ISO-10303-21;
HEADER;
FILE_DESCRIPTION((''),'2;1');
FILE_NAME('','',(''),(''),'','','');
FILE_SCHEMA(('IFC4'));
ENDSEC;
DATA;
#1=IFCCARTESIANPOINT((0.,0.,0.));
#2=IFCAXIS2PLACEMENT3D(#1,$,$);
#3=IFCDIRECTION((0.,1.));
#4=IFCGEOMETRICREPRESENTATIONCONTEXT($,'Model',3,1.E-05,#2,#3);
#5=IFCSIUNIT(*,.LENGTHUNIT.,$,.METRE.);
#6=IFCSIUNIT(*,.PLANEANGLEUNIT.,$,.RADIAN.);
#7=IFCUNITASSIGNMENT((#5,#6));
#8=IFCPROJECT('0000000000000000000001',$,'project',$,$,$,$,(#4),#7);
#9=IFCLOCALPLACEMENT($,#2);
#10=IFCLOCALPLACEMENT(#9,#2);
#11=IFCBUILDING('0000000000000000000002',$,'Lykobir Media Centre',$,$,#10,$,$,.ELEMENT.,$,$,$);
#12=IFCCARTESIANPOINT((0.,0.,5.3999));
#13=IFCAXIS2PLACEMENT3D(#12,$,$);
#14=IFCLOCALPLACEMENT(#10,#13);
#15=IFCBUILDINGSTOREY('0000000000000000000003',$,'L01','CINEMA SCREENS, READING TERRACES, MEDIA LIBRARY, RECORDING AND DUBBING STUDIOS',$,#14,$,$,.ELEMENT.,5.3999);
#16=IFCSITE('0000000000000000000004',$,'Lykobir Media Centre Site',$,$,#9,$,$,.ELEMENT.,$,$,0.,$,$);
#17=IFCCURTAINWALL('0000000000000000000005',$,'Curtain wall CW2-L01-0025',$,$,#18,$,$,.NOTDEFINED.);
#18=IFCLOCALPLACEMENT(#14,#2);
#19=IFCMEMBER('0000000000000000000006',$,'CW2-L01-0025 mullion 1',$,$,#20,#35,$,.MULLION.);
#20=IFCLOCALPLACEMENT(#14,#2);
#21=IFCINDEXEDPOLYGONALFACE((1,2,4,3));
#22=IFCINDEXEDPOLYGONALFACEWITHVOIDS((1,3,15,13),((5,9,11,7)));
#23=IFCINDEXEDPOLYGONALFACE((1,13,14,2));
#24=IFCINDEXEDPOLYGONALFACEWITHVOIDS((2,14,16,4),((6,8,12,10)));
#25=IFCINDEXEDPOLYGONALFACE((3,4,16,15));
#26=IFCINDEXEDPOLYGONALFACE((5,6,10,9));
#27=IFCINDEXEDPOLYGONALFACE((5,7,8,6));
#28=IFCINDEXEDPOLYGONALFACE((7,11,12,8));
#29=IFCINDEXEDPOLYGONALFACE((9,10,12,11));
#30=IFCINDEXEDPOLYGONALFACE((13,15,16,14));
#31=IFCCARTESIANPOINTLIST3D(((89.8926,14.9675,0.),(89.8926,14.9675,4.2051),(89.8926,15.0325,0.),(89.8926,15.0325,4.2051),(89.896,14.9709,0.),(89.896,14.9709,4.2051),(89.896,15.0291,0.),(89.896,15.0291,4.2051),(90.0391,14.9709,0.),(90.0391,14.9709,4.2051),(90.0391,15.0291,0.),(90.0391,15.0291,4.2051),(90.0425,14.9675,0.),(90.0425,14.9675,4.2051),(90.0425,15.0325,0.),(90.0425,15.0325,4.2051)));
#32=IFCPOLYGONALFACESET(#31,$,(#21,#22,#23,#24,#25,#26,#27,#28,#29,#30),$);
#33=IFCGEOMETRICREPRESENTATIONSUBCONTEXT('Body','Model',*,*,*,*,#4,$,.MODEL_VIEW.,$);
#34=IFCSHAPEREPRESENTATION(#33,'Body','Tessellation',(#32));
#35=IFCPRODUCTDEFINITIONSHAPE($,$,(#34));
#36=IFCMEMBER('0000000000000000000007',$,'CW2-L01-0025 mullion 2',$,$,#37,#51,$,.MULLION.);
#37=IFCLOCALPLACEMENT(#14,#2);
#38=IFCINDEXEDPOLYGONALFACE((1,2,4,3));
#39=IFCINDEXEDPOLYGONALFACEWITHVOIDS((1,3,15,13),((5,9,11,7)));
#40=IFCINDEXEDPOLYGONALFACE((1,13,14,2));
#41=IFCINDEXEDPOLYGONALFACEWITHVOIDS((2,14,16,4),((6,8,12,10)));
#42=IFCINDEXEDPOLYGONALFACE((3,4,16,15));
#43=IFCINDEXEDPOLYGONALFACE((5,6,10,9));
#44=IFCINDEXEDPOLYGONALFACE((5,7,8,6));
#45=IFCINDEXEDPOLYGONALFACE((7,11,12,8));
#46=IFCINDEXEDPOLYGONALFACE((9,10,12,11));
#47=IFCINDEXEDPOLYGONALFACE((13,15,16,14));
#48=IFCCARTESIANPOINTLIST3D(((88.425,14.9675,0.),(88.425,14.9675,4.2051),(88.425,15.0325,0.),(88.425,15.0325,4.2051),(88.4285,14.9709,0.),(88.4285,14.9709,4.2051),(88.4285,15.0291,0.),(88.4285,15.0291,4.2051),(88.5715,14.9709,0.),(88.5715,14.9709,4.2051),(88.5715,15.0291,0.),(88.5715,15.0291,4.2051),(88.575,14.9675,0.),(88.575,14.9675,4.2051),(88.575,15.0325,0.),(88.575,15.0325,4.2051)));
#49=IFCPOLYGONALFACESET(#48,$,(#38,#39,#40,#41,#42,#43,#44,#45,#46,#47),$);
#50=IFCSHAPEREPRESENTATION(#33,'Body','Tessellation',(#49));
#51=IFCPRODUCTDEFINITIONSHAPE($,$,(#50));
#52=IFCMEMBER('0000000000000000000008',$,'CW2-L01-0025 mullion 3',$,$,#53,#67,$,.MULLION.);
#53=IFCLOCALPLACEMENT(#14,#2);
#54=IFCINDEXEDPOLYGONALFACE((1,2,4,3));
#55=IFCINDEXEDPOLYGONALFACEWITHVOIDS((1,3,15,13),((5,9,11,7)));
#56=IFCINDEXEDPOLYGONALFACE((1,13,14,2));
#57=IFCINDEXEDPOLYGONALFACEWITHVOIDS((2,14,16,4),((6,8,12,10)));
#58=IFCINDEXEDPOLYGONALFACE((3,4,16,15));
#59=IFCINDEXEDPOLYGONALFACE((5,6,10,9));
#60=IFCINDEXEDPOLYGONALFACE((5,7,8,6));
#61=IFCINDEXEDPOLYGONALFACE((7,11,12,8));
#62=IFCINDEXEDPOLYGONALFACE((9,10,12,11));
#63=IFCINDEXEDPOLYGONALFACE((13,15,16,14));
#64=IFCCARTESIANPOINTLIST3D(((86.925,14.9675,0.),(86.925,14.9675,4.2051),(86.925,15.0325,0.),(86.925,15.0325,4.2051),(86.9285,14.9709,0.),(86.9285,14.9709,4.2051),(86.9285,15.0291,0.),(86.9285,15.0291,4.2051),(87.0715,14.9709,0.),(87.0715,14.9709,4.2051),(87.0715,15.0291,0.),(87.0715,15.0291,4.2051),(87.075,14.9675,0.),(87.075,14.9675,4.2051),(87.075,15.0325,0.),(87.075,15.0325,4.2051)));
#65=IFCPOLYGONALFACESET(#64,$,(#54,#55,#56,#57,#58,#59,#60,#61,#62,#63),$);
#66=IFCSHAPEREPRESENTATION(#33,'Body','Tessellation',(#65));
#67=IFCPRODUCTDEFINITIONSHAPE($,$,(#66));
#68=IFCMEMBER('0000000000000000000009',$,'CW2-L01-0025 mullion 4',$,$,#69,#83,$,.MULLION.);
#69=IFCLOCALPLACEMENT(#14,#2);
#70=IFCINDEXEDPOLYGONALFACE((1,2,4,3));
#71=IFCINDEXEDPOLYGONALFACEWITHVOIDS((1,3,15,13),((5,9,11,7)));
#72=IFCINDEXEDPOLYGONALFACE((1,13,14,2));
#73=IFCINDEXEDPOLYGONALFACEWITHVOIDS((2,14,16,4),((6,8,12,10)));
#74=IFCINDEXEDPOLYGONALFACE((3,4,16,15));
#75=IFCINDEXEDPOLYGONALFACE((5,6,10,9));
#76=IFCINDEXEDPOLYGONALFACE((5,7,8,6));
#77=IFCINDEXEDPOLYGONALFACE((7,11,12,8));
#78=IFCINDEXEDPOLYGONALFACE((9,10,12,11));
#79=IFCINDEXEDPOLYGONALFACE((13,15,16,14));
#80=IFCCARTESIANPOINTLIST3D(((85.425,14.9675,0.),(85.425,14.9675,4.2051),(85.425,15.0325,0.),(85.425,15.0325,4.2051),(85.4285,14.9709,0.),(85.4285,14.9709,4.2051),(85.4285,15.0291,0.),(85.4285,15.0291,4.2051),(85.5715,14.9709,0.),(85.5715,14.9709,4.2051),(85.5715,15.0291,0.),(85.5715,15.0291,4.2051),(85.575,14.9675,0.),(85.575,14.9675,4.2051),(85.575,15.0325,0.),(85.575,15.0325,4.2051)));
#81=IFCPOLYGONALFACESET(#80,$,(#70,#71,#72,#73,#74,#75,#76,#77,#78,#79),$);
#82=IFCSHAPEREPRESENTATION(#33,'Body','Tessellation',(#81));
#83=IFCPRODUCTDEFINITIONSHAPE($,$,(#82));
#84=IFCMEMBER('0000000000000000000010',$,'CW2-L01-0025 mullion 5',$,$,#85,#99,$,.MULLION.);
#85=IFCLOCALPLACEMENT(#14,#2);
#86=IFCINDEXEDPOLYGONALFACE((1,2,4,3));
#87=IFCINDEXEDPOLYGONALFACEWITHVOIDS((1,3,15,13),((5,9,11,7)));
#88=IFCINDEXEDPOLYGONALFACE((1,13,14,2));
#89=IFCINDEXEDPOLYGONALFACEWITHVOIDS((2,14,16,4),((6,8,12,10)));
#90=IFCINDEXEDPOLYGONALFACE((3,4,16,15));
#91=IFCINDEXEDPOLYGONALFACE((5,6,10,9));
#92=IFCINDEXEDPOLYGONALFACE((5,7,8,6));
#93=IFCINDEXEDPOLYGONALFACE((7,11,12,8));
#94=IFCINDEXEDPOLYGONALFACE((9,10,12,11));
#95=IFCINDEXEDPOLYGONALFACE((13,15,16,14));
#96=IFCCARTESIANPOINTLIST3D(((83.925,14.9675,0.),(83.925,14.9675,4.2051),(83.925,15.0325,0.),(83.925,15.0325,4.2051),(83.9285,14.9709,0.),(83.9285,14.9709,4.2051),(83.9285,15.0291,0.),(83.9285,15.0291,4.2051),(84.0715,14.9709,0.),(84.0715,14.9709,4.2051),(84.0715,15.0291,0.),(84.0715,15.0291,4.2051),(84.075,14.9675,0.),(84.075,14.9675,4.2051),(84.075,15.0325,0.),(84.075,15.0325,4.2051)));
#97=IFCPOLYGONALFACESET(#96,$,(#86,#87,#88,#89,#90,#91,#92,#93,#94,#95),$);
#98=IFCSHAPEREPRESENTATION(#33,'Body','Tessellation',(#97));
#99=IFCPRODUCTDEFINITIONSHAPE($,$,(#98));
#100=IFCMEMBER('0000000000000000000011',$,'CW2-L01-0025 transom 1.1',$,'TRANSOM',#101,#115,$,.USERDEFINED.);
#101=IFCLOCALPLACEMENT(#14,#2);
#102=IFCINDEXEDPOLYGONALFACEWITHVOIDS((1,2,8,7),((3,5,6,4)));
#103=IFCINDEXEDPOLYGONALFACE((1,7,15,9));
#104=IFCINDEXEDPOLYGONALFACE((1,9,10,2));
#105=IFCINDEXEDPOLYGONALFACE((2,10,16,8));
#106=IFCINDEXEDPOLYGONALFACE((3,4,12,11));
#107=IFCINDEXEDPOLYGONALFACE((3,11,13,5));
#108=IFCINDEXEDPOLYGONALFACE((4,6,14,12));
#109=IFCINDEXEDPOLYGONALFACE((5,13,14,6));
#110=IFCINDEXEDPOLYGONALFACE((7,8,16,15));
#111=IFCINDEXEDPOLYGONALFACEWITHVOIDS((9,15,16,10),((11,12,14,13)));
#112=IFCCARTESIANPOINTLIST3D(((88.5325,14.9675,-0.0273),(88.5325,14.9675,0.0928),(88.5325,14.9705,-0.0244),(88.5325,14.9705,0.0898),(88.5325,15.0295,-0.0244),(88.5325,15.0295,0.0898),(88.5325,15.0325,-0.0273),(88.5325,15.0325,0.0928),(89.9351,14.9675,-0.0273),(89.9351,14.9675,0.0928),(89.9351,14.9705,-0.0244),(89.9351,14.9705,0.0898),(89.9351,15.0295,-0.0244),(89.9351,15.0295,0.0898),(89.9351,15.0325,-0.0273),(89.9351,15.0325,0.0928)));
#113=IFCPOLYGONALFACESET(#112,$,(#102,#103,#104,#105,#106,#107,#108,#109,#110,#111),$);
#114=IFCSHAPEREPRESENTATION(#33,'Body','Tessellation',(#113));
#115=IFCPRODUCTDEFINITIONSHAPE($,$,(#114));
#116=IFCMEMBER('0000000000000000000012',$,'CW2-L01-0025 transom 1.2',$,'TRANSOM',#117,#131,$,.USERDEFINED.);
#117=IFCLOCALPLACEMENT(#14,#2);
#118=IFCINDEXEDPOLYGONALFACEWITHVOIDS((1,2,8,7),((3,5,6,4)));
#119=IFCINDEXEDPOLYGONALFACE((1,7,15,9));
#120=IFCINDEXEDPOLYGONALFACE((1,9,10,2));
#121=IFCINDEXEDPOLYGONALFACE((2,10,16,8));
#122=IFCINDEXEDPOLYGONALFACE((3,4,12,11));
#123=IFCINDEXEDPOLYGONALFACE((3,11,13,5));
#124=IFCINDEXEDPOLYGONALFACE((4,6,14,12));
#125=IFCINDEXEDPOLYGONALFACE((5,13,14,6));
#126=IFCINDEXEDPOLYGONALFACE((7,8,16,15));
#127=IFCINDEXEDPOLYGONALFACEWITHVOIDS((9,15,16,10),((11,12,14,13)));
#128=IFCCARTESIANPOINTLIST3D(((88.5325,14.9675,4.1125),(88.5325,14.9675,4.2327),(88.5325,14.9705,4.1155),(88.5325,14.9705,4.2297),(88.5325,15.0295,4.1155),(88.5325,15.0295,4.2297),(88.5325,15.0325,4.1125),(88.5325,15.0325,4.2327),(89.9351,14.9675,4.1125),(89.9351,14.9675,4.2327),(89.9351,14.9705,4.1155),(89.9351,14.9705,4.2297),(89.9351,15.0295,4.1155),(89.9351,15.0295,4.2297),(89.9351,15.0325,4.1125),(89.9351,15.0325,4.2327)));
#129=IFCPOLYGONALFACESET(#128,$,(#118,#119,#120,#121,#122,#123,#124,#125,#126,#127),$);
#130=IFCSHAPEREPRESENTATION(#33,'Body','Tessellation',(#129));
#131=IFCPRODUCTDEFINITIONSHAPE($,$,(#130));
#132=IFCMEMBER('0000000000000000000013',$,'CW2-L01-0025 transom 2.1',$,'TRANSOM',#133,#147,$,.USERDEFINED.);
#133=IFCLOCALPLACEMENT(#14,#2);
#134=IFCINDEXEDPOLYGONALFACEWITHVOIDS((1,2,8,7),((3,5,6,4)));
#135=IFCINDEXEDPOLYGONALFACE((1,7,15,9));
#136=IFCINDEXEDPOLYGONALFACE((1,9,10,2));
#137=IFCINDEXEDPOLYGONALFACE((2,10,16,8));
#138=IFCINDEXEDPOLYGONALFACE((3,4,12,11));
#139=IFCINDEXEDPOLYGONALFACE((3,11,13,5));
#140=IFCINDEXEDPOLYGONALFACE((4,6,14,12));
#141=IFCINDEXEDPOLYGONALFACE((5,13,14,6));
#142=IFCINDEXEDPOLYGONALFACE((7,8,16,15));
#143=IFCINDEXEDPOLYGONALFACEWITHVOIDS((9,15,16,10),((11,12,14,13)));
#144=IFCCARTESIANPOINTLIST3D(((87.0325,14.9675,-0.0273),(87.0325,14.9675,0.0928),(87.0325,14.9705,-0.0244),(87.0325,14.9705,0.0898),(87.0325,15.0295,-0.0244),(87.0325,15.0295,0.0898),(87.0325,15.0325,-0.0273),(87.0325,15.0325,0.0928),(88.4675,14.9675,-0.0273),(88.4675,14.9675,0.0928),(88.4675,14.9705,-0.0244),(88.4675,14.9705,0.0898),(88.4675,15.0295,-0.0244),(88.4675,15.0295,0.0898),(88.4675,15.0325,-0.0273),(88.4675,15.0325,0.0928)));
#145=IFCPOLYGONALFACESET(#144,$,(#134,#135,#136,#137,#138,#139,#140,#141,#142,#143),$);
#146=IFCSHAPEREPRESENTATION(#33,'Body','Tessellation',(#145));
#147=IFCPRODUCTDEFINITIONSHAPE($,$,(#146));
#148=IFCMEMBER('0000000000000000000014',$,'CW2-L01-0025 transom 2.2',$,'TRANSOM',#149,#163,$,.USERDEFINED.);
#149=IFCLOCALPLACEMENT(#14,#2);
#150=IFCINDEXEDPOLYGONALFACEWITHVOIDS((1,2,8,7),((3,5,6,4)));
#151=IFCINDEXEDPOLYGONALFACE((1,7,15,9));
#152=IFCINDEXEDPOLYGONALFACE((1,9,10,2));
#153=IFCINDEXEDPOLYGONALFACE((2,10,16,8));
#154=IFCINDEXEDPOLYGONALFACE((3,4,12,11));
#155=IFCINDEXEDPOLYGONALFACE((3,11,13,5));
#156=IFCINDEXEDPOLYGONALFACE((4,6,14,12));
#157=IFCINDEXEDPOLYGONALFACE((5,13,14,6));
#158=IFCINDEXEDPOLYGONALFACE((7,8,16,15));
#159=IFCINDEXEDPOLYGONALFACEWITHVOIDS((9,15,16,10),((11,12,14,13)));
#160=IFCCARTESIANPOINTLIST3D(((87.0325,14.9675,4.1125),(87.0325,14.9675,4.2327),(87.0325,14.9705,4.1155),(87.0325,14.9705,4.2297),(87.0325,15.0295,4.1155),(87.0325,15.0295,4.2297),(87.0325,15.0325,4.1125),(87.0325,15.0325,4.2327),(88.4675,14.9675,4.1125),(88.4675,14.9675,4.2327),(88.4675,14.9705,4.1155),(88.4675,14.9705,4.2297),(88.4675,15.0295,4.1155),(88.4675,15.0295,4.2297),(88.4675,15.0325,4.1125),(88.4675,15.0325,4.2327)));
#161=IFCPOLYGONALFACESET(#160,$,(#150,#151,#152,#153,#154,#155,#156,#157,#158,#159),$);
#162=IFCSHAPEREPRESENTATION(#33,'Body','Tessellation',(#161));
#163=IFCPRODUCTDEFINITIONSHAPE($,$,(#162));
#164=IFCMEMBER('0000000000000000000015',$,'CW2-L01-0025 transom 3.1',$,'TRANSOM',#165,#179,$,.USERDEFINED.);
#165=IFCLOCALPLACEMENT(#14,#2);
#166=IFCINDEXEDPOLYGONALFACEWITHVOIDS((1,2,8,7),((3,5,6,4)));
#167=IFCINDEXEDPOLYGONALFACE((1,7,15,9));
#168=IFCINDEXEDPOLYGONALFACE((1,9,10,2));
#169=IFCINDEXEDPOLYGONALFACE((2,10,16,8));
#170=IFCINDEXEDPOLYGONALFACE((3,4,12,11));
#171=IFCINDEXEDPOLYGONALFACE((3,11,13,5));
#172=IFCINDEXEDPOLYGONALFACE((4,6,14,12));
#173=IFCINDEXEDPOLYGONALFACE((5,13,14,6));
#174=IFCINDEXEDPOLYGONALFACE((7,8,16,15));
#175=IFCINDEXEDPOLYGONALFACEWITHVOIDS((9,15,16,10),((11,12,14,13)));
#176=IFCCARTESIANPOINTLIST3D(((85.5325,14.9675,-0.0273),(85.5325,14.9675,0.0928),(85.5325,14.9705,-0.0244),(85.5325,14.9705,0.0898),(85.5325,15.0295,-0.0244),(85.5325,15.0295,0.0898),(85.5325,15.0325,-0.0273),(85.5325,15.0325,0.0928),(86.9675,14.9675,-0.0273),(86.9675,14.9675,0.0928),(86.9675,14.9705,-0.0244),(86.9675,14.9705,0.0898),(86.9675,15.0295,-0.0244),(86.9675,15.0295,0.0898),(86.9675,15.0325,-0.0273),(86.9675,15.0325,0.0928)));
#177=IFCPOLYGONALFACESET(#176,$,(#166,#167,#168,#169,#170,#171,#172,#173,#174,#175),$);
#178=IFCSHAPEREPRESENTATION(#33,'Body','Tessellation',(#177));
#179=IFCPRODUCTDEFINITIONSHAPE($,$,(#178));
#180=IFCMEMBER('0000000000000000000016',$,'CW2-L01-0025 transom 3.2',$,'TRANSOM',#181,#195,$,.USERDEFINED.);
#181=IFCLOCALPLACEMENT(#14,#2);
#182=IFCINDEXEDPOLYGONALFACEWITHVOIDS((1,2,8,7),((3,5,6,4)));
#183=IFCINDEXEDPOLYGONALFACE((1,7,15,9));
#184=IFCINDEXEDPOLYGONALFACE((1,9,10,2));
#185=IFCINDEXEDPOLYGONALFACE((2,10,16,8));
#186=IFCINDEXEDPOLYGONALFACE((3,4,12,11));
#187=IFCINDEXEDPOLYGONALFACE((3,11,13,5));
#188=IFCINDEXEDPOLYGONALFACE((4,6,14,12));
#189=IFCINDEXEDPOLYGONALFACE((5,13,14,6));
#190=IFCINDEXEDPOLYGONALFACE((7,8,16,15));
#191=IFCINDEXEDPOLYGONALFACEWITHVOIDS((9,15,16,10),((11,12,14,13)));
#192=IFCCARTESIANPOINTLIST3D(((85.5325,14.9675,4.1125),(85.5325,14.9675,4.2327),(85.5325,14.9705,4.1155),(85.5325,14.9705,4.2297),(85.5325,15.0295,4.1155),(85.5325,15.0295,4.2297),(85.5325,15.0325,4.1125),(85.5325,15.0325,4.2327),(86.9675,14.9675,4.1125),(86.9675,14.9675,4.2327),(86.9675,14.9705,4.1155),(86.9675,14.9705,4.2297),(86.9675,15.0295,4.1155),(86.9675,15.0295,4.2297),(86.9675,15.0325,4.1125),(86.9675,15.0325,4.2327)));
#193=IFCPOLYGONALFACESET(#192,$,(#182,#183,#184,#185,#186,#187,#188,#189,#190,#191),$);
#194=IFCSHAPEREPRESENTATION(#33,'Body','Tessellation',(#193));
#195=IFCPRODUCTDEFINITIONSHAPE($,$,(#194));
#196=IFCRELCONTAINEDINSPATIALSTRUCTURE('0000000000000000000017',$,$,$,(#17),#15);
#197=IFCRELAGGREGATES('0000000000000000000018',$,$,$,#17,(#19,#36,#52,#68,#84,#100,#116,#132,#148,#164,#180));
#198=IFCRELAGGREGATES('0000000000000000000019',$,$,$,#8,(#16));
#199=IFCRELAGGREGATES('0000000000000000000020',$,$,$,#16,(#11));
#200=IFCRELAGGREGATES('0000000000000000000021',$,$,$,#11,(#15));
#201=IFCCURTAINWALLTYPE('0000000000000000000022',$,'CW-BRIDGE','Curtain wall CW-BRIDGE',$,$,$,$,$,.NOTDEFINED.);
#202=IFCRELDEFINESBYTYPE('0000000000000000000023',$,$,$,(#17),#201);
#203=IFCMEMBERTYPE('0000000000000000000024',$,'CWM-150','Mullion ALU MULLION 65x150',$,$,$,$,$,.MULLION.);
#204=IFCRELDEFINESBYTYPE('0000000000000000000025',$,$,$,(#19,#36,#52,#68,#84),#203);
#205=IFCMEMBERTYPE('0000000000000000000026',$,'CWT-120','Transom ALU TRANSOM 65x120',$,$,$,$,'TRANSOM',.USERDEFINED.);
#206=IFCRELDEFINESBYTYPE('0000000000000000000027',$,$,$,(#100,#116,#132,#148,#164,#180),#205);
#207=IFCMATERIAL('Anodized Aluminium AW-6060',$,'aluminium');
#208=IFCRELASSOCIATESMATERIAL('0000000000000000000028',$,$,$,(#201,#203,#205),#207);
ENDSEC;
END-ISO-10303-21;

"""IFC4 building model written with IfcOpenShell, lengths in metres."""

from ifc_helpers import new_model, si_unit, direction, frame, origin, origin_2d, place, context, subcontext, project, spatial, hollow_rectangle, extrude, material, material_profile, profile_set, type_object, element, aggregate, save


model = new_model("IFC4")

# Units and contexts
model_context = context("Model", 3, precision=1e-05, world=origin(), true_north=direction((0.0, 1.0)))
body_context = subcontext(model_context, "Body", "Model", "MODEL_VIEW")
ifc_project = project(units=[si_unit("LENGTHUNIT", "METRE"), si_unit("PLANEANGLEUNIT", "RADIAN")], contexts=[model_context])

# Site, building, storey
site_placement = place(None, origin())
site = spatial("IfcSite", under=ifc_project, at=site_placement, Name="Lykobir Media Centre Site", CompositionType="ELEMENT", RefElevation=0.0)
building_placement = place(site_placement, origin())
building = spatial("IfcBuilding", under=site, at=building_placement, Name="Lykobir Media Centre", CompositionType="ELEMENT")
storey_placement = place(building_placement, frame((0.0, 0.0, 5.3999)))
storey = spatial("IfcBuildingStorey", under=building, at=storey_placement, Name="L01", Description="CINEMA SCREENS, READING TERRACES, MEDIA LIBRARY, RECORDING AND DUBBING STUDIOS", CompositionType="ELEMENT", Elevation=5.3999)

# Curtain wall, members
ifc_material_1 = material(Name="Anodized Aluminium AW-6060", Category="aluminium")
curtain_wall_type = type_object("IfcCurtainWallType", Name="CW-BRIDGE", Description="Curtain wall CW-BRIDGE", PredefinedType="NOTDEFINED", material=ifc_material_1)
curtain_wall_placement = place(storey_placement, origin())
curtain_wall = element("IfcCurtainWall", 1, at=curtain_wall_placement, inside=storey, type_object=curtain_wall_type, Name="Curtain wall CW2-L01-0025", PredefinedType="NOTDEFINED")
ifc_material_profile_1 = material_profile(ifc_material_1, hollow_rectangle(XDim=0.0649, YDim=0.1499, WallThickness=0.0034, at=origin_2d()), Name="ALU MULLION 65x150")
ifc_profile_set_1 = profile_set([ifc_material_profile_1], Name="Anodized Aluminium AW-6060")
member_type_1 = type_object("IfcMemberType", Name="CWM-150", Description="Mullion ALU MULLION 65x150", PredefinedType="MULLION", material=ifc_profile_set_1)
member_1_placement = place(storey_placement, frame((89.9675, 15.0, 0.0), z_axis=(0.0, 0.0, 1.0), x_axis=(0.0, -1.0, 0.0)))
member_1 = element("IfcMember", 2, at=member_1_placement, type_object=member_type_1, Name="CW2-L01-0025 mullion 1", PredefinedType="MULLION", context=body_context, shape_type="SweptSolid", body=[
    extrude(hollow_rectangle(XDim=0.0649, YDim=0.1499, WallThickness=0.0034, at=origin_2d()), origin(), (0.0, 0.0, 1.0), 4.2051),
])
member_2_placement = place(storey_placement, frame((88.5, 15.0, 0.0), z_axis=(0.0, 0.0, 1.0), x_axis=(0.0, -1.0, 0.0)))
member_2 = element("IfcMember", 3, at=member_2_placement, type_object=member_type_1, Name="CW2-L01-0025 mullion 2", PredefinedType="MULLION", context=body_context, shape_type="SweptSolid", body=[
    extrude(hollow_rectangle(XDim=0.0649, YDim=0.1499, WallThickness=0.0034, at=origin_2d()), origin(), (0.0, 0.0, 1.0), 4.2051),
])
member_3_placement = place(storey_placement, frame((87.0, 15.0, 0.0), z_axis=(0.0, 0.0, 1.0), x_axis=(0.0, -1.0, 0.0)))
member_3 = element("IfcMember", 4, at=member_3_placement, type_object=member_type_1, Name="CW2-L01-0025 mullion 3", PredefinedType="MULLION", context=body_context, shape_type="SweptSolid", body=[
    extrude(hollow_rectangle(XDim=0.0649, YDim=0.1499, WallThickness=0.0034, at=origin_2d()), origin(), (0.0, 0.0, 1.0), 4.2051),
])
member_4_placement = place(storey_placement, frame((85.5, 15.0, 0.0), z_axis=(0.0, 0.0, 1.0), x_axis=(0.0, -1.0, 0.0)))
member_4 = element("IfcMember", 5, at=member_4_placement, type_object=member_type_1, Name="CW2-L01-0025 mullion 4", PredefinedType="MULLION", context=body_context, shape_type="SweptSolid", body=[
    extrude(hollow_rectangle(XDim=0.0649, YDim=0.1499, WallThickness=0.0034, at=origin_2d()), origin(), (0.0, 0.0, 1.0), 4.2051),
])
member_5_placement = place(storey_placement, frame((84.0, 15.0, 0.0), z_axis=(0.0, 0.0, 1.0), x_axis=(0.0, -1.0, 0.0)))
member_5 = element("IfcMember", 6, at=member_5_placement, type_object=member_type_1, Name="CW2-L01-0025 mullion 5", PredefinedType="MULLION", context=body_context, shape_type="SweptSolid", body=[
    extrude(hollow_rectangle(XDim=0.0649, YDim=0.1499, WallThickness=0.0034, at=origin_2d()), origin(), (0.0, 0.0, 1.0), 4.2051),
])
ifc_material_profile_2 = material_profile(ifc_material_1, hollow_rectangle(XDim=0.0649, YDim=0.1201, WallThickness=0.0029, at=origin_2d()), Name="ALU TRANSOM 65x120")
ifc_profile_set_2 = profile_set([ifc_material_profile_2], Name="Anodized Aluminium AW-6060")
member_type_2 = type_object("IfcMemberType", Name="CWT-120", Description="Transom ALU TRANSOM 65x120", ElementType="TRANSOM", PredefinedType="USERDEFINED", material=ifc_profile_set_2)
member_6_placement = place(storey_placement, frame((89.9351, 15.0, 0.0327), z_axis=(-1.0, 0.0, 0.0), x_axis=(0.0, -1.0, 0.0)))
member_6 = element("IfcMember", 7, at=member_6_placement, type_object=member_type_2, Name="CW2-L01-0025 transom 1.1", ObjectType="TRANSOM", PredefinedType="USERDEFINED", context=body_context, shape_type="SweptSolid", body=[
    extrude(hollow_rectangle(XDim=0.0649, YDim=0.1201, WallThickness=0.0029, at=origin_2d()), origin(), (0.0, 0.0, 1.0), 1.4026),
])
member_7_placement = place(storey_placement, frame((89.9351, 15.0, 4.1726), z_axis=(-1.0, 0.0, 0.0), x_axis=(0.0, -1.0, 0.0)))
member_7 = element("IfcMember", 8, at=member_7_placement, type_object=member_type_2, Name="CW2-L01-0025 transom 1.2", ObjectType="TRANSOM", PredefinedType="USERDEFINED", context=body_context, shape_type="SweptSolid", body=[
    extrude(hollow_rectangle(XDim=0.0649, YDim=0.1201, WallThickness=0.0029, at=origin_2d()), origin(), (0.0, 0.0, 1.0), 1.4026),
])
member_8_placement = place(storey_placement, frame((88.4675, 15.0, 0.0327), z_axis=(-1.0, 0.0, 0.0), x_axis=(0.0, -1.0, 0.0)))
member_8 = element("IfcMember", 9, at=member_8_placement, type_object=member_type_2, Name="CW2-L01-0025 transom 2.1", ObjectType="TRANSOM", PredefinedType="USERDEFINED", context=body_context, shape_type="SweptSolid", body=[
    extrude(hollow_rectangle(XDim=0.0649, YDim=0.1201, WallThickness=0.0029, at=origin_2d()), origin(), (0.0, 0.0, 1.0), 1.4351),
])
member_9_placement = place(storey_placement, frame((88.4675, 15.0, 4.1726), z_axis=(-1.0, 0.0, 0.0), x_axis=(0.0, -1.0, 0.0)))
member_9 = element("IfcMember", 10, at=member_9_placement, type_object=member_type_2, Name="CW2-L01-0025 transom 2.2", ObjectType="TRANSOM", PredefinedType="USERDEFINED", context=body_context, shape_type="SweptSolid", body=[
    extrude(hollow_rectangle(XDim=0.0649, YDim=0.1201, WallThickness=0.0029, at=origin_2d()), origin(), (0.0, 0.0, 1.0), 1.4351),
])
member_10_placement = place(storey_placement, frame((86.9675, 15.0, 0.0327), z_axis=(-1.0, 0.0, 0.0), x_axis=(0.0, -1.0, 0.0)))
member_10 = element("IfcMember", 11, at=member_10_placement, type_object=member_type_2, Name="CW2-L01-0025 transom 3.1", ObjectType="TRANSOM", PredefinedType="USERDEFINED", context=body_context, shape_type="SweptSolid", body=[
    extrude(hollow_rectangle(XDim=0.0649, YDim=0.1201, WallThickness=0.0029, at=origin_2d()), origin(), (0.0, 0.0, 1.0), 1.4351),
])
member_11_placement = place(storey_placement, frame((86.9675, 15.0, 4.1726), z_axis=(-1.0, 0.0, 0.0), x_axis=(0.0, -1.0, 0.0)))
member_11 = element("IfcMember", 12, at=member_11_placement, type_object=member_type_2, Name="CW2-L01-0025 transom 3.2", ObjectType="TRANSOM", PredefinedType="USERDEFINED", context=body_context, shape_type="SweptSolid", body=[
    extrude(hollow_rectangle(XDim=0.0649, YDim=0.1201, WallThickness=0.0029, at=origin_2d()), origin(), (0.0, 0.0, 1.0), 1.4351),
])
aggregate(curtain_wall, [member_1, member_2, member_3, member_4, member_5, member_6, member_7, member_8, member_9, member_10, member_11])

save(model, "model.ifc")
